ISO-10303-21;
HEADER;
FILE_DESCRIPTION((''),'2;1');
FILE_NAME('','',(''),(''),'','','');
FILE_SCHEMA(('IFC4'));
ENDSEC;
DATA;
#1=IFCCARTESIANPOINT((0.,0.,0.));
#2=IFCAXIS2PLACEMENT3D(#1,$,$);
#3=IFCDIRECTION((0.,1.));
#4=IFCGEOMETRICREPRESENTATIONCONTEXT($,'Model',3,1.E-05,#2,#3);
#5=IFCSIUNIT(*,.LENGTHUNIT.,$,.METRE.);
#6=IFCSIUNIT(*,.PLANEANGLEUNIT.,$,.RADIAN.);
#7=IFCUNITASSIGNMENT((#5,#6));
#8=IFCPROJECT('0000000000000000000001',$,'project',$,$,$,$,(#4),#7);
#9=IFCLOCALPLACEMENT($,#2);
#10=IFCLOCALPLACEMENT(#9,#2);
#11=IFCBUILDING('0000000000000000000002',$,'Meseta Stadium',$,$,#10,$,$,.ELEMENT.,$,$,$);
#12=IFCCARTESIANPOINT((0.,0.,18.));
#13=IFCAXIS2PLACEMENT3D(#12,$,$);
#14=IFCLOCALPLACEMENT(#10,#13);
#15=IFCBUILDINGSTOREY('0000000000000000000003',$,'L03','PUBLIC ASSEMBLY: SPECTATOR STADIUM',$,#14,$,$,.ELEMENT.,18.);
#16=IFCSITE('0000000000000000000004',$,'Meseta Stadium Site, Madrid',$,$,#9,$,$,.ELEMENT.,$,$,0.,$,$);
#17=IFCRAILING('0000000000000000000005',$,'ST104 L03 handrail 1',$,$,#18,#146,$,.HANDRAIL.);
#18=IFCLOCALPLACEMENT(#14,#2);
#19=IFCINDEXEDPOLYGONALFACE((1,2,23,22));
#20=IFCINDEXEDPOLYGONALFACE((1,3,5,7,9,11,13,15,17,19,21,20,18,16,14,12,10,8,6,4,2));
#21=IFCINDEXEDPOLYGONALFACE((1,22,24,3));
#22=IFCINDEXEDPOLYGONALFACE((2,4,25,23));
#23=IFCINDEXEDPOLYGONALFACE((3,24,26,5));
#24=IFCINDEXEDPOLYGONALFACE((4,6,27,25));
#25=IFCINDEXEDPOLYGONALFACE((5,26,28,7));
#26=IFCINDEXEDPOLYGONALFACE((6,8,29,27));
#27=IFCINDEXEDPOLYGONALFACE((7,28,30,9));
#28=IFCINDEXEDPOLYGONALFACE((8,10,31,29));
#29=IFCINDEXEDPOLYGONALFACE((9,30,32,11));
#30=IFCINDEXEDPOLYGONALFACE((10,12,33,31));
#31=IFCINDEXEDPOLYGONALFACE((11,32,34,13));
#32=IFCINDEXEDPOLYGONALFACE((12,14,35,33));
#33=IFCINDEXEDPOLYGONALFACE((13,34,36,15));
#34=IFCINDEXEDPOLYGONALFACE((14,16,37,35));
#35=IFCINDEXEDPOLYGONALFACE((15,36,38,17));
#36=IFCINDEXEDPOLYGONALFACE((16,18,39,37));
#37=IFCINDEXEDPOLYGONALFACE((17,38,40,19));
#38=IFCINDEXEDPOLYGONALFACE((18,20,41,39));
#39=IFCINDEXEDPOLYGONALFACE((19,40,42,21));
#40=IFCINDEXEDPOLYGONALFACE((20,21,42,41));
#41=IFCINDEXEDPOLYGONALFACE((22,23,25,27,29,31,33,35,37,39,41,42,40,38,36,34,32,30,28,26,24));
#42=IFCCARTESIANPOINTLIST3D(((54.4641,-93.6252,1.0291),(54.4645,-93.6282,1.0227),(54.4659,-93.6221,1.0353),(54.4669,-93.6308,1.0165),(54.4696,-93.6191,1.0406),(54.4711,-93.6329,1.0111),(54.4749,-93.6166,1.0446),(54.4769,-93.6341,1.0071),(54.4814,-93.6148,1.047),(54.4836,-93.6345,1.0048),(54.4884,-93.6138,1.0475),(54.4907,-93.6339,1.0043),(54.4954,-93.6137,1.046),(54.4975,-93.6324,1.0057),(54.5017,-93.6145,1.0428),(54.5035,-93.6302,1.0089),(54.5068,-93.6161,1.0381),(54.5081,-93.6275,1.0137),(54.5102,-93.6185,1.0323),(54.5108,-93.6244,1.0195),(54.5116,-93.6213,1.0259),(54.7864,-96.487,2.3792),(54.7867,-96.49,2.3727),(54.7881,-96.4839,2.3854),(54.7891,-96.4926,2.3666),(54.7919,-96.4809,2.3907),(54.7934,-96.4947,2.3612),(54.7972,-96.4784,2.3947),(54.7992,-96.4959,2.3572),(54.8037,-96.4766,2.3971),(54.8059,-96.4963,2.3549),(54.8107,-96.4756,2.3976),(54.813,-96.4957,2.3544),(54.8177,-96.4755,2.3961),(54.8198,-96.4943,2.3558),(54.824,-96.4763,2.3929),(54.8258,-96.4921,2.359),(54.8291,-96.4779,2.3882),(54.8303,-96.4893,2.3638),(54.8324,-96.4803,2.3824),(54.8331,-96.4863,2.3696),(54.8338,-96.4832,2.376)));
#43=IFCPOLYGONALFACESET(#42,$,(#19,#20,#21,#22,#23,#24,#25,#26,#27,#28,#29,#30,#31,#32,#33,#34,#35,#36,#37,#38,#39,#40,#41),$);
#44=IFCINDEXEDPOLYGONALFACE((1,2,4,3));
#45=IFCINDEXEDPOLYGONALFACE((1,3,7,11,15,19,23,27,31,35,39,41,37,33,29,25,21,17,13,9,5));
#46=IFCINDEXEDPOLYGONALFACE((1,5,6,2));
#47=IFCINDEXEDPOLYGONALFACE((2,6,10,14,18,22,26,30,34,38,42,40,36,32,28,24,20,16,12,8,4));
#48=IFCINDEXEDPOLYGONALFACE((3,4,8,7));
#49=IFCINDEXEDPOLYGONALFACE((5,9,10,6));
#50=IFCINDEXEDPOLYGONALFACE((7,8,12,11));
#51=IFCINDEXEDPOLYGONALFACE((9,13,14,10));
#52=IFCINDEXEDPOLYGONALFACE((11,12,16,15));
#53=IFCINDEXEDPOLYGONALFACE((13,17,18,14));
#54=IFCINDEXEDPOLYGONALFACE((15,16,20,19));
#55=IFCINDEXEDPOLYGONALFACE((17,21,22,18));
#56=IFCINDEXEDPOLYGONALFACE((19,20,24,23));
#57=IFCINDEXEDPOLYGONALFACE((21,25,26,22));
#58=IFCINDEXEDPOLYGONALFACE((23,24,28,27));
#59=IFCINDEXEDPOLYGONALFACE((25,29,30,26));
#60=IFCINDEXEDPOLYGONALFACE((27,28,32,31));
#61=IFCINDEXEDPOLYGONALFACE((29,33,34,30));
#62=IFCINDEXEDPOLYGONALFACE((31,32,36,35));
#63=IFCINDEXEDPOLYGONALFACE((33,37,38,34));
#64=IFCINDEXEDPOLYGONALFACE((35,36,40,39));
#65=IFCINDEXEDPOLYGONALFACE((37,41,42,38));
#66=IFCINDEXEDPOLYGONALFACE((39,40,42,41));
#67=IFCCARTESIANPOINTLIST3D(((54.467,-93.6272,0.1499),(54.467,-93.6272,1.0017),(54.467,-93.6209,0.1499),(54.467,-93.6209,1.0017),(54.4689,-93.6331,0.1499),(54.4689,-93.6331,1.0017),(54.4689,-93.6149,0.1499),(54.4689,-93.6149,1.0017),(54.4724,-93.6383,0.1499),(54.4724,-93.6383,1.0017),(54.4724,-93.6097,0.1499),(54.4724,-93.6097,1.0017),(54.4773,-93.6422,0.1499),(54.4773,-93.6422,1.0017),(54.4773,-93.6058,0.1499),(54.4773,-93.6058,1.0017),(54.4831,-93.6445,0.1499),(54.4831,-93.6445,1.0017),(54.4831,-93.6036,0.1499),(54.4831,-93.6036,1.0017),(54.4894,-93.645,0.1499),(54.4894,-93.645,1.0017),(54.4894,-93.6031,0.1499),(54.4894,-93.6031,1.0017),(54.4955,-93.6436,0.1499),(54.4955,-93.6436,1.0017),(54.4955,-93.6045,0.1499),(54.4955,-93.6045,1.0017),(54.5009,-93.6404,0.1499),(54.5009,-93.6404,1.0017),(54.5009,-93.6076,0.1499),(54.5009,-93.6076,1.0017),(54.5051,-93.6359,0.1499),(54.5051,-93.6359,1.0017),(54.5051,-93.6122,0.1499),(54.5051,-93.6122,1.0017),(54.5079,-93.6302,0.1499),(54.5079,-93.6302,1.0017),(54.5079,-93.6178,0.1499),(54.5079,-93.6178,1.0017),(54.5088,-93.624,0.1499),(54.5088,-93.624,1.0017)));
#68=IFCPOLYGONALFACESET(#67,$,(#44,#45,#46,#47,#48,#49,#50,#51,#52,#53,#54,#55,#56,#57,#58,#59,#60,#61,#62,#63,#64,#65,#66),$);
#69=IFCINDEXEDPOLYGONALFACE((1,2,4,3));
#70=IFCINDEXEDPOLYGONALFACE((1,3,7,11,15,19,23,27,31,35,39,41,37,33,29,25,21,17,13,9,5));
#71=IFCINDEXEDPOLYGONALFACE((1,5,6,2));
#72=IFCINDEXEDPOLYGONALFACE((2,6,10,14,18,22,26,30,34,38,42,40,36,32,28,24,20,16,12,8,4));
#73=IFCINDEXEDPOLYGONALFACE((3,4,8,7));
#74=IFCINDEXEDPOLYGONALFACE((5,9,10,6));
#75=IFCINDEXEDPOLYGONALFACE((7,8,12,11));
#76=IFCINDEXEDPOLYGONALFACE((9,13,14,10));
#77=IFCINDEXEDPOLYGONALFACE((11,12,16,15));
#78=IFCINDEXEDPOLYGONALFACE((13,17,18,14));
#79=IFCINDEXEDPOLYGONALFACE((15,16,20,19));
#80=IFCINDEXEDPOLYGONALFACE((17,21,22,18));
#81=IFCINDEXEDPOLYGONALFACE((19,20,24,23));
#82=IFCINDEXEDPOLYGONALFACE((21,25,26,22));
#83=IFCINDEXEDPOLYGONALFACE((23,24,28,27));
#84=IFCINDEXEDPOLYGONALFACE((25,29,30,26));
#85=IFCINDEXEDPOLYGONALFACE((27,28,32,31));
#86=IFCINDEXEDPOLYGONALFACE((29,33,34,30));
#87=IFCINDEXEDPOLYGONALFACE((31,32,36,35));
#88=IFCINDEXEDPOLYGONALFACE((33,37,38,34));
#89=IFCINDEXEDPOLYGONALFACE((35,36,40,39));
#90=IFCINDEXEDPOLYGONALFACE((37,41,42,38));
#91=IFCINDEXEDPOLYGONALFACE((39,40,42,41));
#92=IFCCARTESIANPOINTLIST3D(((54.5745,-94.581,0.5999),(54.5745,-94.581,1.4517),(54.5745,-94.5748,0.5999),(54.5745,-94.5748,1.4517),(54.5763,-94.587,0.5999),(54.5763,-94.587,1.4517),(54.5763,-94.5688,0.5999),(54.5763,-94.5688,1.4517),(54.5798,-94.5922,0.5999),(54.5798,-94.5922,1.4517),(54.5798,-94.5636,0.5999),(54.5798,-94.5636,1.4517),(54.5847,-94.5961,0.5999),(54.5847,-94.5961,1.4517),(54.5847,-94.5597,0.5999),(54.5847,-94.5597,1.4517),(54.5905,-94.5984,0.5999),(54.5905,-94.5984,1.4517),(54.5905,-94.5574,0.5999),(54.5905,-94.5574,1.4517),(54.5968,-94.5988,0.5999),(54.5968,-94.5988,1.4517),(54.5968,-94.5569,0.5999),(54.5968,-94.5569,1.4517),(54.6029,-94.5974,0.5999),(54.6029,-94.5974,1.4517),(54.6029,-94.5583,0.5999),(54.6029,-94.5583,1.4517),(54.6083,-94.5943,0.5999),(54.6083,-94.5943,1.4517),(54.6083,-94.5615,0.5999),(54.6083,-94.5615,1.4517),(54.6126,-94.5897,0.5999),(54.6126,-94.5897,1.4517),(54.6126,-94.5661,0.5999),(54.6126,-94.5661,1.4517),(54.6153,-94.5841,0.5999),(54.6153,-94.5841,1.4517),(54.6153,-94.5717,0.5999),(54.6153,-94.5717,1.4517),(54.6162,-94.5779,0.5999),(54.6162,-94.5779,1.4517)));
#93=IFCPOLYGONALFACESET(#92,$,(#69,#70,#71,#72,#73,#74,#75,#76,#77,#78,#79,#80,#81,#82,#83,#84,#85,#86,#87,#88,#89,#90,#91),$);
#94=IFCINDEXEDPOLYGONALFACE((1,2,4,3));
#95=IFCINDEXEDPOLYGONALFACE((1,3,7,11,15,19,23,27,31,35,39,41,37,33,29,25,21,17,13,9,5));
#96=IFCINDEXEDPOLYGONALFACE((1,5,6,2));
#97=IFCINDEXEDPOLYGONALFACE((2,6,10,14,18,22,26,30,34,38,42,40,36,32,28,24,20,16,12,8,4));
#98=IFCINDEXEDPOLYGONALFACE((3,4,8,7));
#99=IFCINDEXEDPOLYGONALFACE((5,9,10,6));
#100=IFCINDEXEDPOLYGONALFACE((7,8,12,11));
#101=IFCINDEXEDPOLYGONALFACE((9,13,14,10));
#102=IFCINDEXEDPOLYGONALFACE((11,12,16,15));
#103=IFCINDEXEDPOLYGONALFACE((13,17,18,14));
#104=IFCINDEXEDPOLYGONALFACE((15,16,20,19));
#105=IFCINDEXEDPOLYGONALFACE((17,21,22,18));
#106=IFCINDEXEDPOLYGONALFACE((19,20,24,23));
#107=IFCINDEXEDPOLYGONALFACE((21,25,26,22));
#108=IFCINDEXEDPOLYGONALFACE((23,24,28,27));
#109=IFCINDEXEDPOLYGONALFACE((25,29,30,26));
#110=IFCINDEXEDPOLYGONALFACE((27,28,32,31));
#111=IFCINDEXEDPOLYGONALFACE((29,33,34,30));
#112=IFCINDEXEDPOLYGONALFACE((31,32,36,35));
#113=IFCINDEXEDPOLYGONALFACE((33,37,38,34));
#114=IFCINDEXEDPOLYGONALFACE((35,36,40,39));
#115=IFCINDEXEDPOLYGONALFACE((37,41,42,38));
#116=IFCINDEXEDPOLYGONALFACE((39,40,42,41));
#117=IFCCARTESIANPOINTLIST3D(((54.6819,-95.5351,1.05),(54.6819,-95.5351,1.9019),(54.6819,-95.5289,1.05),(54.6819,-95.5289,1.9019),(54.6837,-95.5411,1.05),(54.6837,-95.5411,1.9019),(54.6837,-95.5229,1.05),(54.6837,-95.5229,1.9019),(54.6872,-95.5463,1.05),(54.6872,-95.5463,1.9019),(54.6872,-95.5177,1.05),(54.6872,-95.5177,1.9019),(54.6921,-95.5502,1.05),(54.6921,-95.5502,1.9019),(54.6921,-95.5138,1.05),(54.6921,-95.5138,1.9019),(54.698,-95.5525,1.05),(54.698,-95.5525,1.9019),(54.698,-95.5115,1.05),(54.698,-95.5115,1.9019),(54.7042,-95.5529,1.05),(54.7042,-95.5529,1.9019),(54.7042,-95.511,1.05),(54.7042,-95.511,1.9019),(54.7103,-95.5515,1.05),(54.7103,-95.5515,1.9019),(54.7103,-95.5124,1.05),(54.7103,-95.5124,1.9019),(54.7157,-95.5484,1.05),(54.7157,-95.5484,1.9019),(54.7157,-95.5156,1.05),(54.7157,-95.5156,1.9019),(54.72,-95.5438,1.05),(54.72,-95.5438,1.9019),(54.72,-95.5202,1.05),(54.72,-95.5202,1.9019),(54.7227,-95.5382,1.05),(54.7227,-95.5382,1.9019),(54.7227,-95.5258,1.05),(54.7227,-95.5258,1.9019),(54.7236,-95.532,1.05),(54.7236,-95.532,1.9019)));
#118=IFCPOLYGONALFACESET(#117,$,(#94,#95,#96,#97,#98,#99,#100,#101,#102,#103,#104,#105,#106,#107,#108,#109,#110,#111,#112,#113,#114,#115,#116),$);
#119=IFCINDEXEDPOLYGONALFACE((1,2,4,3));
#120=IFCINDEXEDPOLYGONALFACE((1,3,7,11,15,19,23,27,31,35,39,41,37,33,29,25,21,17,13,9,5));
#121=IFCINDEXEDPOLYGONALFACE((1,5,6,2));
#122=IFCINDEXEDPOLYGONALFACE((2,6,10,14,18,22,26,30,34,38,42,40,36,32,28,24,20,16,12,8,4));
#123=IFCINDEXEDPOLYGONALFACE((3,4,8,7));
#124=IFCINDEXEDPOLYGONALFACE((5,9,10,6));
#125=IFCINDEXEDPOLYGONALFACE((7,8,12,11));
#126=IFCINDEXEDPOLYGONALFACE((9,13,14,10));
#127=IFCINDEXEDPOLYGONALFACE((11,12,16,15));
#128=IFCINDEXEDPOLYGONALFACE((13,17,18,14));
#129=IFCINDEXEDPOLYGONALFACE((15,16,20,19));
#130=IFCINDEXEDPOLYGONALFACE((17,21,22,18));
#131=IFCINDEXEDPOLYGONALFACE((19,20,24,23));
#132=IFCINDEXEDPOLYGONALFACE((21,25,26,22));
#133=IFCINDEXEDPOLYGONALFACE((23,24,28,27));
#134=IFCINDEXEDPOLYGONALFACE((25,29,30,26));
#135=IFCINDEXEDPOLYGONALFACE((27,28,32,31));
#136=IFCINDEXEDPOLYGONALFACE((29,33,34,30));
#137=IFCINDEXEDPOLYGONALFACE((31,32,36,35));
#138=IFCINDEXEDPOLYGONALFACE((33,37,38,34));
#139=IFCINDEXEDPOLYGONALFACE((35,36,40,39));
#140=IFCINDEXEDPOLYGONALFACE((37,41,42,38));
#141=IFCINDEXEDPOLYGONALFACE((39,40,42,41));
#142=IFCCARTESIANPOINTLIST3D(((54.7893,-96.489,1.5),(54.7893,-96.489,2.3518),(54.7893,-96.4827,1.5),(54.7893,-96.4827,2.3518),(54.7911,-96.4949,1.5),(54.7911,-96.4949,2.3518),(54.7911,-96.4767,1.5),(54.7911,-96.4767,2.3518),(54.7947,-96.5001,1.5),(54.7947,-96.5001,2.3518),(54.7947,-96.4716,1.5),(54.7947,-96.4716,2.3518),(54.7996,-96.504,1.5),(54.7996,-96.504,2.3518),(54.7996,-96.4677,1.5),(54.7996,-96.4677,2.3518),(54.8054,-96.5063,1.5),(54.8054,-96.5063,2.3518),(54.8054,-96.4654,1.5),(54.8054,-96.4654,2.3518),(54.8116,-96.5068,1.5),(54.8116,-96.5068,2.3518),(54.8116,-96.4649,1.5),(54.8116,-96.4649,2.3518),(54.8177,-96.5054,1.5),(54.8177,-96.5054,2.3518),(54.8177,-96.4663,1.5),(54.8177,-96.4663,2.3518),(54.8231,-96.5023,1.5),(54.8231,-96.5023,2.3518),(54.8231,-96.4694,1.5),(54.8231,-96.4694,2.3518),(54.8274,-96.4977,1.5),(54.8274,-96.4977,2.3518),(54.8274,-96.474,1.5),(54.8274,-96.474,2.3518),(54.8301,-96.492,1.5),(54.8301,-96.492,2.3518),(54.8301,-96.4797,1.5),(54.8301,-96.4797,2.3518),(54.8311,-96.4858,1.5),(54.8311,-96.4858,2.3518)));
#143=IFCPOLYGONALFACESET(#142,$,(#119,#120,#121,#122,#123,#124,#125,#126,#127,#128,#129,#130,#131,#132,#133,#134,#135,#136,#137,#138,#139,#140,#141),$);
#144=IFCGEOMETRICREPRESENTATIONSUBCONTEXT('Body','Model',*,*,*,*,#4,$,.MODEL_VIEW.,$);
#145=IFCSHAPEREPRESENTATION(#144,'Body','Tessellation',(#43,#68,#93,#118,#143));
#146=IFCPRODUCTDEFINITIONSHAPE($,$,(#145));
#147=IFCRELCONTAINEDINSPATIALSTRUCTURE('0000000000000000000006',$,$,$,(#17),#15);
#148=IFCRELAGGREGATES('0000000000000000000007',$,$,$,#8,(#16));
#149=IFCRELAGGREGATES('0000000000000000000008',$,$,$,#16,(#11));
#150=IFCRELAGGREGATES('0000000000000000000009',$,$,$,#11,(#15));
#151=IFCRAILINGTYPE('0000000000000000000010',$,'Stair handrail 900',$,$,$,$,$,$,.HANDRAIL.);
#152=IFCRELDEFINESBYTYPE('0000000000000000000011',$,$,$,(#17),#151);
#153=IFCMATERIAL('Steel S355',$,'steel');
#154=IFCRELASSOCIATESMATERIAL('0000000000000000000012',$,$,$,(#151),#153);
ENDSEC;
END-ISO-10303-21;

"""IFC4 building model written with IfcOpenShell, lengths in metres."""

from ifc_helpers import new_model, si_unit, direction, frame, origin, origin_2d, place, context, subcontext, project, spatial, circle, extrude, material, type_object, element, save


model = new_model("IFC4")

# Units and contexts
model_context = context("Model", 3, precision=1e-05, world=origin(), true_north=direction((0.0, 1.0)))
body_context = subcontext(model_context, "Body", "Model", "MODEL_VIEW")
ifc_project = project(units=[si_unit("LENGTHUNIT", "METRE"), si_unit("PLANEANGLEUNIT", "RADIAN")], contexts=[model_context])

# Site, building, storey
site_placement = place(None, origin())
site = spatial("IfcSite", under=ifc_project, at=site_placement, Name="Meseta Stadium Site, Madrid", CompositionType="ELEMENT", RefElevation=0.0)
building_placement = place(site_placement, origin())
building = spatial("IfcBuilding", under=site, at=building_placement, Name="Meseta Stadium", CompositionType="ELEMENT")
storey_placement = place(building_placement, frame((0.0, 0.0, 18.0)))
storey = spatial("IfcBuildingStorey", under=building, at=storey_placement, Name="L03", Description="PUBLIC ASSEMBLY: SPECTATOR STADIUM", CompositionType="ELEMENT", Elevation=18.0)

# Railing
ifc_material_1 = material(Name="Steel S355", Category="steel")
railing_type_1 = type_object("IfcRailingType", Name="Stair handrail 900", PredefinedType="HANDRAIL", material=ifc_material_1)
for number, where, name in (
    (1, (54.4878, -93.624, 0.1499), "ST104 L03 handrail 1"),
):
    element("IfcRailing", number, at=place(storey_placement, frame(where)), inside=storey, type_object=railing_type_1, Name=name, PredefinedType="HANDRAIL", context=body_context, shape_type="SweptSolid", body=[
        extrude(circle(Radius=0.0239, at=origin_2d()), frame((0.0, 0.0, 0.876), z_axis=(0.10132, -0.899755, 0.424471), x_axis=(0.993719, 0.111902, 0.0)), (0.0, 0.0, 1.0), 3.1807),
        extrude(circle(Radius=0.021, at=origin_2d()), origin(), (0.0, 0.0, 1.0), 0.8518),
        extrude(circle(Radius=0.021, at=origin_2d()), frame((0.1074, -0.9539, 0.45)), (0.0, 0.0, 1.0), 0.8518),
        extrude(circle(Radius=0.021, at=origin_2d()), frame((0.2148, -1.908, 0.9001)), (0.0, 0.0, 1.0), 0.8518),
        extrude(circle(Radius=0.021, at=origin_2d()), frame((0.3223, -2.8618, 1.3501)), (0.0, 0.0, 1.0), 0.8518),
    ])

save(model, "model.ifc")
